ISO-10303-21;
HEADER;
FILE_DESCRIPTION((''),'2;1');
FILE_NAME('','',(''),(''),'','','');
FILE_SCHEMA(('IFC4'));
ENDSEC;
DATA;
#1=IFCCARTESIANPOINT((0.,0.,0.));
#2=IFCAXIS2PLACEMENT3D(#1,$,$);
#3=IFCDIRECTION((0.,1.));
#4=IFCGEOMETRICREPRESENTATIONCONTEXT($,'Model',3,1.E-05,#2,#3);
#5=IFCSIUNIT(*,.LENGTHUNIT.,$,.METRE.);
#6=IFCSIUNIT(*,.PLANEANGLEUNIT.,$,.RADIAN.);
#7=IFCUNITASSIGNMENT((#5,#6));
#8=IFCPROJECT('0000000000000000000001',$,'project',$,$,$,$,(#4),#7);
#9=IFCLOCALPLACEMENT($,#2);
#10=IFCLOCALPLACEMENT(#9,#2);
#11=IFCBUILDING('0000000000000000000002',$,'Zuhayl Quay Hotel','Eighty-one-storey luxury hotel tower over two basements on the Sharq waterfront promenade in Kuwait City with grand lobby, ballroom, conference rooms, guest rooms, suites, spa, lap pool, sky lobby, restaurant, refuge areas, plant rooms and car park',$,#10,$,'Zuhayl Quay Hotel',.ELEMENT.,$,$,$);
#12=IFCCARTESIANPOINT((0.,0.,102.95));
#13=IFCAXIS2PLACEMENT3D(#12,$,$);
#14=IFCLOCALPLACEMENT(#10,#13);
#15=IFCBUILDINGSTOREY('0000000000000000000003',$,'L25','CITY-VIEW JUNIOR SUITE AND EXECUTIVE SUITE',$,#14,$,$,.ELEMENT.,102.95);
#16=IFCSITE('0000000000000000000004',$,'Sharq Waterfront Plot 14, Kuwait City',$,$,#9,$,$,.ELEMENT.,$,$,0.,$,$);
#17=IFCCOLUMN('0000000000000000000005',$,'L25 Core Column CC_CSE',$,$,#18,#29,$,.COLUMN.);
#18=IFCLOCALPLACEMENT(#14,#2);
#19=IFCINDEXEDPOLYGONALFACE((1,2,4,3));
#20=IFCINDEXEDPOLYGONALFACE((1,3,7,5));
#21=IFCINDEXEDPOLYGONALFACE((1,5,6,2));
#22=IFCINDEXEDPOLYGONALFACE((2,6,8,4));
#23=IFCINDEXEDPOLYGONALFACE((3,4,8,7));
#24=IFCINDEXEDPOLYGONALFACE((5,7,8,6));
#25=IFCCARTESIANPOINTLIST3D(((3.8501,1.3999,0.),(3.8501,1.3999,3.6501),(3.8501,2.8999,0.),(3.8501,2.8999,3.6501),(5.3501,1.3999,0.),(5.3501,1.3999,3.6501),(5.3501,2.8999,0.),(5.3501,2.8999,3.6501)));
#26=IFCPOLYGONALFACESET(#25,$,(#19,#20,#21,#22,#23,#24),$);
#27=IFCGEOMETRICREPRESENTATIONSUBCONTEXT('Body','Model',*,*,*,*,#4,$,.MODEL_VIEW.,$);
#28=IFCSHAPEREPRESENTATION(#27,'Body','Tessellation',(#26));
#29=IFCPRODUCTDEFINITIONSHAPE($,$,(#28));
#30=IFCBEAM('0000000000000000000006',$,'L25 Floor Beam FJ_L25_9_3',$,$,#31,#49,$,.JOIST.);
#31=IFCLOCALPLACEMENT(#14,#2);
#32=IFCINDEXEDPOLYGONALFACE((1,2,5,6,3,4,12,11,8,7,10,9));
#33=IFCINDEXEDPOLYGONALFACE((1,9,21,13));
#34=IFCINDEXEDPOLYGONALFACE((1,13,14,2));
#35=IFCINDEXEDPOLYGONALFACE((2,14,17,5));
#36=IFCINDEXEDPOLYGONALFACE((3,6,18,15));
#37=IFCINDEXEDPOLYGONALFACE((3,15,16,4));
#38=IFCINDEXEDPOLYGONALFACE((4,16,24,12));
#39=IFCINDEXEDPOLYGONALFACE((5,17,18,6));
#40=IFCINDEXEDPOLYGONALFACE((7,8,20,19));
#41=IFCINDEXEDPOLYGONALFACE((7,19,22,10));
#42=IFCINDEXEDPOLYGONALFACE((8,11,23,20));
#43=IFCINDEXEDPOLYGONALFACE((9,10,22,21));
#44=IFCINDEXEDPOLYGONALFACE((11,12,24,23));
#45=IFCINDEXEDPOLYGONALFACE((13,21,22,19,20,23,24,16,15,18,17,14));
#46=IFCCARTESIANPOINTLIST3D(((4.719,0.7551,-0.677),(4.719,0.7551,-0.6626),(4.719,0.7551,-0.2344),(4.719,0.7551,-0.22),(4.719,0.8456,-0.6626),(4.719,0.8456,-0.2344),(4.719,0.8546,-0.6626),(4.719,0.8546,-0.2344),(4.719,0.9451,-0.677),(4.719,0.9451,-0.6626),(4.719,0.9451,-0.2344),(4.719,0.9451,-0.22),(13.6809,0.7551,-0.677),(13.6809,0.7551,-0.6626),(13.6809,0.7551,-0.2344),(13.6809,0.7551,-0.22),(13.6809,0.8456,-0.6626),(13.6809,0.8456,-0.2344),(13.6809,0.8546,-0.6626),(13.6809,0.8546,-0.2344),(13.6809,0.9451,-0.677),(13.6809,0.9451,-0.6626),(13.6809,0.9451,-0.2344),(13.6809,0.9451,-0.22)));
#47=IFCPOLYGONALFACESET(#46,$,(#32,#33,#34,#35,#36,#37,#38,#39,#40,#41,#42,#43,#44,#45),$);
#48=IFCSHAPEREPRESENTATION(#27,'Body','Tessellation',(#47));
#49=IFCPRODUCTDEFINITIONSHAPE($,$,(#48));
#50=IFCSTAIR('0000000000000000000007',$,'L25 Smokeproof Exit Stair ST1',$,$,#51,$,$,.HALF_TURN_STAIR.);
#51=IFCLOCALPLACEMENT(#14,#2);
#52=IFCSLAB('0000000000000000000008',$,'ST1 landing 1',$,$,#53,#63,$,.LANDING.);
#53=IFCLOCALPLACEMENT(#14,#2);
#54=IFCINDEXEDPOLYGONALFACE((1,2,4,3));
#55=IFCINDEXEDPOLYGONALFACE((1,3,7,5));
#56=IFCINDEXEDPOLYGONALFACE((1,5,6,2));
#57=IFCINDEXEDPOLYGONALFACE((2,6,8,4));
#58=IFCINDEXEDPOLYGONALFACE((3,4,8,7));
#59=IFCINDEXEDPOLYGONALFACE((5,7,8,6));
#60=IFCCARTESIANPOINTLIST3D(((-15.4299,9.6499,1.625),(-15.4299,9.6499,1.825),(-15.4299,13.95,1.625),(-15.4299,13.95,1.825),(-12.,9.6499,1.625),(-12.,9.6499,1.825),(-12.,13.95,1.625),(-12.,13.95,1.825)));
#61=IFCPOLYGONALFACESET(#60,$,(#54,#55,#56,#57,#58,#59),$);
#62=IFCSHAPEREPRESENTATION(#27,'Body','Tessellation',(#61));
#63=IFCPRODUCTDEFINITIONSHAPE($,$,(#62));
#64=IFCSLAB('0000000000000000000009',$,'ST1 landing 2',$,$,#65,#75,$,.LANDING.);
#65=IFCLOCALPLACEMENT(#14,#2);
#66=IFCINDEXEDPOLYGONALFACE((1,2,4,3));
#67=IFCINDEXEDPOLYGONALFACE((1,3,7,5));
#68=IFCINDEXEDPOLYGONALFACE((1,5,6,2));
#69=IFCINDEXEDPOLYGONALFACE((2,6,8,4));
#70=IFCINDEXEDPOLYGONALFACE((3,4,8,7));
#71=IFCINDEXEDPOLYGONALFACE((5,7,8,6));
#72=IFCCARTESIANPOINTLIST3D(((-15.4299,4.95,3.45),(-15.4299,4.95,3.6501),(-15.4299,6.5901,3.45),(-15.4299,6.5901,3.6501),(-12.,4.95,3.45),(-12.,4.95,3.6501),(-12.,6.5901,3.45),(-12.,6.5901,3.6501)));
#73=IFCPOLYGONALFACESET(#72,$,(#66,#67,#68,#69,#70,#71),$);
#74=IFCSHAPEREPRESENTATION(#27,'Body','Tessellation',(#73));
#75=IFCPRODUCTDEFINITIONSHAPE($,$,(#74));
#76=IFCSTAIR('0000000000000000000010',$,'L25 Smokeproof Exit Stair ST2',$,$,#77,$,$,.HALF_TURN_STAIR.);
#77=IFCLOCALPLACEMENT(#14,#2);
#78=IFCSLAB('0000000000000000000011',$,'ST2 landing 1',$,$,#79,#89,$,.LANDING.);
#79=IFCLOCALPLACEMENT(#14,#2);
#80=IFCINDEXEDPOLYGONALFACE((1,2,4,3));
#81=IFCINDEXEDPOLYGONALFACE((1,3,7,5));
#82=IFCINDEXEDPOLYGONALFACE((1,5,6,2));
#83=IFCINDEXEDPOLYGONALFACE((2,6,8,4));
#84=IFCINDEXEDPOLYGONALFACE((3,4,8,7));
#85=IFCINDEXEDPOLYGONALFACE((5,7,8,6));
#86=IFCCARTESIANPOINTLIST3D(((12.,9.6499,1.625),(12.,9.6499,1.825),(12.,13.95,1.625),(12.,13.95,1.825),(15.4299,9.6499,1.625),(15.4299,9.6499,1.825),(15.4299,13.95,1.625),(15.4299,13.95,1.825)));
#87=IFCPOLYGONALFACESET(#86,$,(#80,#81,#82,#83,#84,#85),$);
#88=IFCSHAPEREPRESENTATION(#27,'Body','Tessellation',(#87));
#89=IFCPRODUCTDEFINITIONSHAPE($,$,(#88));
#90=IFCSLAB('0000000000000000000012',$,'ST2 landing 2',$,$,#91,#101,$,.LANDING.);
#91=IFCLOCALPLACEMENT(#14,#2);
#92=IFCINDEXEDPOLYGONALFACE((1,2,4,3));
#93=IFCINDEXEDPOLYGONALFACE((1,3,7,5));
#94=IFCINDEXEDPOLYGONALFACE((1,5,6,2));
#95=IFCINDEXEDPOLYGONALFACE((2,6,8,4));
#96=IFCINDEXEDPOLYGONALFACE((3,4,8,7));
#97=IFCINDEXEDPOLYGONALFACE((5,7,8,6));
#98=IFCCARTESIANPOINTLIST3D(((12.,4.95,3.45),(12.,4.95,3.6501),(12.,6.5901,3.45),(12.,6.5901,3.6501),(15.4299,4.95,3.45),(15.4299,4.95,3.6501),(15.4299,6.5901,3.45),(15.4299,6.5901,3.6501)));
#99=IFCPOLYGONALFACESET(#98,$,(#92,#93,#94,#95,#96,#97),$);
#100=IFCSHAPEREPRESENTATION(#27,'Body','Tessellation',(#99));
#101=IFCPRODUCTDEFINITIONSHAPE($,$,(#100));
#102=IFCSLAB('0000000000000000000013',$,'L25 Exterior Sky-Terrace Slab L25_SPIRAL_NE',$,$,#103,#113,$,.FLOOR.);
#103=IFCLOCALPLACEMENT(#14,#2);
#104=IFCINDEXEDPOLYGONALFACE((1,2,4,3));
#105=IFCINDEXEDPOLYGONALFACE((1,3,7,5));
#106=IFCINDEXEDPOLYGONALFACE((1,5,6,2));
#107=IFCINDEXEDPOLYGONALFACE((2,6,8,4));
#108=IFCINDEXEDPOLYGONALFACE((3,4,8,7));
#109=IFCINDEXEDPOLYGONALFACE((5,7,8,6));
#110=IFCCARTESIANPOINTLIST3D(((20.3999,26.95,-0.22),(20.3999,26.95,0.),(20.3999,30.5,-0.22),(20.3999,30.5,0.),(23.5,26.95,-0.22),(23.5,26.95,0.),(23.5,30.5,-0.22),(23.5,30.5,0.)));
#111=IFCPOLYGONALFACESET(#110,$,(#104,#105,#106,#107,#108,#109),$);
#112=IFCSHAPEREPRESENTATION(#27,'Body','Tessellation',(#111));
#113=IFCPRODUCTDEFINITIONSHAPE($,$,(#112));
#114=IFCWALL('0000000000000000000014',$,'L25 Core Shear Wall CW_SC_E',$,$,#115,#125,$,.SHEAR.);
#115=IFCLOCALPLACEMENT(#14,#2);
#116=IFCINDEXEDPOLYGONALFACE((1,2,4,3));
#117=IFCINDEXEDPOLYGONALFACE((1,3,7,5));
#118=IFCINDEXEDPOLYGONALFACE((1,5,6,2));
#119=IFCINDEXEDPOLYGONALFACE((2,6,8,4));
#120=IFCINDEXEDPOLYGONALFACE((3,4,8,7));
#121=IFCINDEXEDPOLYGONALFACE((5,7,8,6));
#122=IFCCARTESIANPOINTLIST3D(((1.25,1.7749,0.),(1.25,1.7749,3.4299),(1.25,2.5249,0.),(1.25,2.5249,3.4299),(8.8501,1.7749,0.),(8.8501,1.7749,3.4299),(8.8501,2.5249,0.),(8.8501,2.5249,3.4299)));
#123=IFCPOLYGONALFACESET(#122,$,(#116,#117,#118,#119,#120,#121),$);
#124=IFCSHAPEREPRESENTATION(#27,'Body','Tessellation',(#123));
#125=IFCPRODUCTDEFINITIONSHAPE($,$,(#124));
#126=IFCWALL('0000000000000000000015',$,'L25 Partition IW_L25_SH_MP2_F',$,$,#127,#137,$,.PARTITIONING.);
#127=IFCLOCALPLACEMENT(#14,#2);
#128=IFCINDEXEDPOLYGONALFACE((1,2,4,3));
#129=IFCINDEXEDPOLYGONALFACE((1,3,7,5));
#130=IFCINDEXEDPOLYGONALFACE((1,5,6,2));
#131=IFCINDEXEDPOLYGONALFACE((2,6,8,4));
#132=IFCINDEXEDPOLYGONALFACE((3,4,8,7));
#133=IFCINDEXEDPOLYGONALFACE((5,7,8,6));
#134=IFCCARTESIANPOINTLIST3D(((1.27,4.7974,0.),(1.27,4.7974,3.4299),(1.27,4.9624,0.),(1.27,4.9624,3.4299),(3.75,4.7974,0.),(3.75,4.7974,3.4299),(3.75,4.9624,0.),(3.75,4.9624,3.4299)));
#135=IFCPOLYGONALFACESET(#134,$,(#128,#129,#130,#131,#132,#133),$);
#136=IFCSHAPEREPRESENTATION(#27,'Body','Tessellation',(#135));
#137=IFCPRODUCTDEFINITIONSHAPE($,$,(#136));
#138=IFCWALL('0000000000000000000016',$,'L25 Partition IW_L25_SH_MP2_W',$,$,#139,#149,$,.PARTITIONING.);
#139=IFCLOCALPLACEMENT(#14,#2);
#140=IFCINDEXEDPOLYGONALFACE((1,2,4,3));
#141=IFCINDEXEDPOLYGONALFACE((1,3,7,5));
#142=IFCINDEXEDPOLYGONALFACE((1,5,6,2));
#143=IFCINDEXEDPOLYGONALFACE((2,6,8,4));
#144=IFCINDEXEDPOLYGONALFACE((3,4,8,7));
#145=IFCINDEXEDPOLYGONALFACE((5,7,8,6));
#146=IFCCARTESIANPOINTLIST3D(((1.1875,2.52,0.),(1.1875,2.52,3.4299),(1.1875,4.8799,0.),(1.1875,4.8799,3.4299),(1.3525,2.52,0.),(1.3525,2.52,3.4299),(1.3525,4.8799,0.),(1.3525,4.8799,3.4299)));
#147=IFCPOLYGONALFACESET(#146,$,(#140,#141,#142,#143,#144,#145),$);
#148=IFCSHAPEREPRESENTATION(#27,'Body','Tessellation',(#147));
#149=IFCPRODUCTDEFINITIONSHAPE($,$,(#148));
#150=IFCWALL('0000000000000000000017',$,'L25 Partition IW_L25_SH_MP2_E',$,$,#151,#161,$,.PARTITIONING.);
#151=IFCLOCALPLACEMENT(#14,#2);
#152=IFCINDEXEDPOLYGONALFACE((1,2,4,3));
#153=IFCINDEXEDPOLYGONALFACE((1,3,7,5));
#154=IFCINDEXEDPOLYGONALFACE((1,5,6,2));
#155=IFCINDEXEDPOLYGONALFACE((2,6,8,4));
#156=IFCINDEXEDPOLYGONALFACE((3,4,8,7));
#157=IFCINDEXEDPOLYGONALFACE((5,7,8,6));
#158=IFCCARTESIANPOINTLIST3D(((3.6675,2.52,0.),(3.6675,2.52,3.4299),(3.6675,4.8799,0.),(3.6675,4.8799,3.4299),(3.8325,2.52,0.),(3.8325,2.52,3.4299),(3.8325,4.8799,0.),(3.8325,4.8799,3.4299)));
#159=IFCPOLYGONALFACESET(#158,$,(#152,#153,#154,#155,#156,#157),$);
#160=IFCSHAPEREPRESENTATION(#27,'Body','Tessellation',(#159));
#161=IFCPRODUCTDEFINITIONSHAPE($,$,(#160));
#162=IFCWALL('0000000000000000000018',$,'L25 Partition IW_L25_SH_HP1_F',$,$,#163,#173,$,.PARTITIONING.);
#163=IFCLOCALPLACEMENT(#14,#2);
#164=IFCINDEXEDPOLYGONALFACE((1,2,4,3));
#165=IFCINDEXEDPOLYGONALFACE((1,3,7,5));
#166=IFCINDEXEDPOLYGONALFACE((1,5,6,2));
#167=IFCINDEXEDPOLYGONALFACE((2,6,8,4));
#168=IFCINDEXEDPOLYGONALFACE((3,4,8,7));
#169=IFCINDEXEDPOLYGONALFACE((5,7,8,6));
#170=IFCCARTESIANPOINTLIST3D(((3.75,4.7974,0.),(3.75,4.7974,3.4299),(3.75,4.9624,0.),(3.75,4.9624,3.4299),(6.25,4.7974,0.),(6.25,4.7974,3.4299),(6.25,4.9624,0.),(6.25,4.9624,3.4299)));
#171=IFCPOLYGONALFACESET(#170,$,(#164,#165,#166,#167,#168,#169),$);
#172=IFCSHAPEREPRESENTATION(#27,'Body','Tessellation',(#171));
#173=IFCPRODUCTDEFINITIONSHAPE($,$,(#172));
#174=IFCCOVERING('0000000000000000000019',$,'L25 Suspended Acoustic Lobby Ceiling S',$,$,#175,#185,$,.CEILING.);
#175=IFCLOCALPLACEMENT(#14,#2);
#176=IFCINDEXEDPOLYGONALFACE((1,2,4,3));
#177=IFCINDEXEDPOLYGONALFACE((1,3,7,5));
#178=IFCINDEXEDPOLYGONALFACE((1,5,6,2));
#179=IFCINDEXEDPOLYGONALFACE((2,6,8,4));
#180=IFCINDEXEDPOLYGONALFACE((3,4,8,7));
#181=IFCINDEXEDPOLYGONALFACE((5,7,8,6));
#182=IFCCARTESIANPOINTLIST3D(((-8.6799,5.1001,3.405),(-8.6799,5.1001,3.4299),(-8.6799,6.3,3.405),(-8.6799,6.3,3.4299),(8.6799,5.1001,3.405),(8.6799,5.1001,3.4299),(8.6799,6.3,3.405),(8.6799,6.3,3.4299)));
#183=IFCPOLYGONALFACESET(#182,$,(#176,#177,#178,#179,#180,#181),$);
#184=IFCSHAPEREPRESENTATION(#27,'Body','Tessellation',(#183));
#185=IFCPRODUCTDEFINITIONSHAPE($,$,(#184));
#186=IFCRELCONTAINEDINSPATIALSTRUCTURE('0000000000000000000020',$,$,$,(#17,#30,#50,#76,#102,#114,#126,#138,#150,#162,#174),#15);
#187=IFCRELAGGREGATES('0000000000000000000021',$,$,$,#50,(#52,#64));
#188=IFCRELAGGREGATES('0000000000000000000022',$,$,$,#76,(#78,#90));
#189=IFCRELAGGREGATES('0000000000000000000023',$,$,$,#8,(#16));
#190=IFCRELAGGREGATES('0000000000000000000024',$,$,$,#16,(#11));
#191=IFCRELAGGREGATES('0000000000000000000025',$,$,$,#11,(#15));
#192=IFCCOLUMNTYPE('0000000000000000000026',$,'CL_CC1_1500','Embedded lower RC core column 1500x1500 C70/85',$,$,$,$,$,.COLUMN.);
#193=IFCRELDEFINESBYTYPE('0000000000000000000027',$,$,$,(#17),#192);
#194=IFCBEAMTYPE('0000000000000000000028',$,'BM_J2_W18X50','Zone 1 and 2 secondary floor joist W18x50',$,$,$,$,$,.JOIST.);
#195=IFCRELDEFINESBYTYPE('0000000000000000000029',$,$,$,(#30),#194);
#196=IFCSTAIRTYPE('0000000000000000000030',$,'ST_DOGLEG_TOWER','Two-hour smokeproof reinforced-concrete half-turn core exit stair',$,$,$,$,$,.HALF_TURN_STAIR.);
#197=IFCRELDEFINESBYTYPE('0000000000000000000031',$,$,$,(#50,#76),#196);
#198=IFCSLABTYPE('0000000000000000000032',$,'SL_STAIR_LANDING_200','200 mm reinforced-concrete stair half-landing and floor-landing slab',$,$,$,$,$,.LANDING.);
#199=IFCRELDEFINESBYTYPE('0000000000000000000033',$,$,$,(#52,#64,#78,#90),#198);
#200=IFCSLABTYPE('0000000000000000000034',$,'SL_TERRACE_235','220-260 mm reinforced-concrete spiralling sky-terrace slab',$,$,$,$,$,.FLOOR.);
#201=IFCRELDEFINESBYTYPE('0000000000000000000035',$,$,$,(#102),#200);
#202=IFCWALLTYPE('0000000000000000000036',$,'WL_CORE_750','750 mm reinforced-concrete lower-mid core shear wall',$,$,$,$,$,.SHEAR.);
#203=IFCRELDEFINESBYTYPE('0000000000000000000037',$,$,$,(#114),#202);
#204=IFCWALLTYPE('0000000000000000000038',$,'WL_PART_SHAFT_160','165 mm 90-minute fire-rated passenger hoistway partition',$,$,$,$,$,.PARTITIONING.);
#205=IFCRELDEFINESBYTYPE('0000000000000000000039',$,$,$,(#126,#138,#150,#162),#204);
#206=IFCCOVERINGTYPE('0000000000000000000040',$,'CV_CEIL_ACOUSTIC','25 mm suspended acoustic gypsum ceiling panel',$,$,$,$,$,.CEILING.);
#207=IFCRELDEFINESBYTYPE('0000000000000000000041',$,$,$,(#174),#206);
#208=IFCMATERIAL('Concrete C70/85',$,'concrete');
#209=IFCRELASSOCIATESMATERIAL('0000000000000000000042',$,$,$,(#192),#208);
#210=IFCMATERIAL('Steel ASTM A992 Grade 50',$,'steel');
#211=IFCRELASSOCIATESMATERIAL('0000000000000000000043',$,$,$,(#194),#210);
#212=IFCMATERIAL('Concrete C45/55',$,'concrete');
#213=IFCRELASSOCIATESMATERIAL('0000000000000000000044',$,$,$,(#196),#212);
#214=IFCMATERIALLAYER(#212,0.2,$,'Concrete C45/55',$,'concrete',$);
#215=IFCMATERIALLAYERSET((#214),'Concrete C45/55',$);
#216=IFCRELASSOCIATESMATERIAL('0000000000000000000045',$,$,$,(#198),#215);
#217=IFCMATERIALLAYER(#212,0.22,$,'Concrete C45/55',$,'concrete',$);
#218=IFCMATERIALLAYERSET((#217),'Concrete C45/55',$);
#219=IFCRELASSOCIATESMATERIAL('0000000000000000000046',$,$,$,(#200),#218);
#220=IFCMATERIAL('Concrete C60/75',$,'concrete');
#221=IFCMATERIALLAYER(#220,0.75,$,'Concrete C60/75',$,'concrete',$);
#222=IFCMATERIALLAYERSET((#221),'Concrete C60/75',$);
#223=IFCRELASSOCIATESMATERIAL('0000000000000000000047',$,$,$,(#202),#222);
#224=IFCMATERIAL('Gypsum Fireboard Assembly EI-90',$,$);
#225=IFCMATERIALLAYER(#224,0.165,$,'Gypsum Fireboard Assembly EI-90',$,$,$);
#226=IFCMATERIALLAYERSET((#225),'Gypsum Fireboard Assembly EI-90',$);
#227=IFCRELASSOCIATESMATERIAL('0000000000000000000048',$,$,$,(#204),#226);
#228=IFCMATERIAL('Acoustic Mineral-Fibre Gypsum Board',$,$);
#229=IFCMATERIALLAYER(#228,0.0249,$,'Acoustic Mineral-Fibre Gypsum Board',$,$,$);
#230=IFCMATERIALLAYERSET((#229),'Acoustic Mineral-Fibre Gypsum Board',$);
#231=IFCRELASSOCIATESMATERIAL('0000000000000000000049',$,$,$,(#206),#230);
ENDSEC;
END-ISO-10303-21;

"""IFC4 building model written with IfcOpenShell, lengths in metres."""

from ifc_helpers import new_model, si_unit, direction, frame, frame_2d, origin, origin_2d, place, context, subcontext, project, spatial, polyline, rectangle, i_section, outline, extrude, material, layer, layer_set, material_profile, profile_set, type_object, element, aggregate, save


model = new_model("IFC4")

# Units and contexts
model_context = context("Model", 3, precision=1e-05, world=origin(), true_north=direction((0.0, 1.0)))
body_context = subcontext(model_context, "Body", "Model", "MODEL_VIEW")
ifc_project = project(units=[si_unit("LENGTHUNIT", "METRE"), si_unit("PLANEANGLEUNIT", "RADIAN")], contexts=[model_context])

# Site, building, storey
site_placement = place(None, origin())
site = spatial("IfcSite", under=ifc_project, at=site_placement, Name="Sharq Waterfront Plot 14, Kuwait City", CompositionType="ELEMENT", RefElevation=0.0)
building_placement = place(site_placement, origin())
building = spatial("IfcBuilding", under=site, at=building_placement, Name="Zuhayl Quay Hotel", Description="Eighty-one-storey luxury hotel tower over two basements on the Sharq waterfront promenade in Kuwait City with grand lobby, ballroom, conference rooms, guest rooms, suites, spa, lap pool, sky lobby, restaurant, refuge areas, plant rooms and car park", LongName="Zuhayl Quay Hotel", CompositionType="ELEMENT")
storey_placement = place(building_placement, frame((0.0, 0.0, 102.95)))
storey = spatial("IfcBuildingStorey", under=building, at=storey_placement, Name="L25", Description="CITY-VIEW JUNIOR SUITE AND EXECUTIVE SUITE", CompositionType="ELEMENT", Elevation=102.95)

# Column
ifc_material_1 = material(Name="Concrete C70/85", Category="concrete")
ifc_material_profile_1 = material_profile(ifc_material_1, rectangle(XDim=1.5, YDim=1.5, at=origin_2d()), Name="RC1500X1500")
ifc_profile_set_1 = profile_set([ifc_material_profile_1], Name="Concrete C70/85")
column_type = type_object("IfcColumnType", Name="CL_CC1_1500", Description="Embedded lower RC core column 1500x1500 C70/85", PredefinedType="COLUMN", material=ifc_profile_set_1)
column_placement = place(storey_placement, frame((4.6001, 2.1499, 0.0), z_axis=(0.0, 0.0, 1.0), x_axis=(1.0, 0.0, 0.0)))
element("IfcColumn", 1, at=column_placement, inside=storey, type_object=column_type, Name="L25 Core Column CC_CSE", PredefinedType="COLUMN", context=body_context, shape_type="SweptSolid", body=[
    extrude(rectangle(XDim=1.5, YDim=1.5, at=origin_2d()), origin(), (0.0, 0.0, 1.0), 3.6501),
])

# Beam
ifc_material_2 = material(Name="Steel ASTM A992 Grade 50", Category="steel")
ifc_material_profile_2 = material_profile(ifc_material_2, i_section(OverallWidth=0.1899, OverallDepth=0.457, WebThickness=0.009, FlangeThickness=0.0144, at=origin_2d()), Name="W18X50")
ifc_profile_set_2 = profile_set([ifc_material_profile_2], Name="Steel ASTM A992 Grade 50")
beam_type = type_object("IfcBeamType", Name="BM_J2_W18X50", Description="Zone 1 and 2 secondary floor joist W18x50", PredefinedType="JOIST", material=ifc_profile_set_2)
beam_placement = place(storey_placement, frame((4.719, 0.8501, -0.4485), z_axis=(1.0, 0.0, 0.0), x_axis=(0.0, 1.0, 0.0)))
element("IfcBeam", 2, at=beam_placement, inside=storey, type_object=beam_type, Name="L25 Floor Beam FJ_L25_9_3", PredefinedType="JOIST", context=body_context, shape_type="SweptSolid", body=[
    extrude(i_section(OverallWidth=0.1899, OverallDepth=0.457, WebThickness=0.009, FlangeThickness=0.0144, at=origin_2d()), origin(), (0.0, 0.0, 1.0), 8.9619),
])

# Stairs, slabs
ifc_material_3 = material(Name="Concrete C45/55", Category="concrete")
stair_type = type_object("IfcStairType", Name="ST_DOGLEG_TOWER", Description="Two-hour smokeproof reinforced-concrete half-turn core exit stair", PredefinedType="HALF_TURN_STAIR", material=ifc_material_3)
stair_1_placement = place(storey_placement, origin())
stair_1 = element("IfcStair", 3, at=stair_1_placement, inside=storey, type_object=stair_type, Name="L25 Smokeproof Exit Stair ST1", PredefinedType="HALF_TURN_STAIR")
ifc_layer_1 = layer(ifc_material_3, 0.2, Name="Concrete C45/55", Category="concrete")
ifc_layer_set_1 = layer_set([ifc_layer_1], Name="Concrete C45/55")
slab_type_1 = type_object("IfcSlabType", Name="SL_STAIR_LANDING_200", Description="200 mm reinforced-concrete stair half-landing and floor-landing slab", PredefinedType="LANDING", material=ifc_layer_set_1)
slab_1_placement = place(storey_placement, frame((0.0, 0.0, 1.625)))
slab_1 = element("IfcSlab", 4, at=slab_1_placement, type_object=slab_type_1, Name="ST1 landing 1", PredefinedType="LANDING", context=body_context, shape_type="SweptSolid", body=[
    extrude(outline(polyline([(-12.0, 9.6499), (-12.0, 13.95), (-15.4299, 13.95), (-15.4299, 9.6499), (-12.0, 9.6499)])), origin(), (0.0, 0.0, 1.0), 0.2),
])
slab_2_placement = place(storey_placement, frame((0.0, 0.0, 3.45)))
slab_2 = element("IfcSlab", 5, at=slab_2_placement, type_object=slab_type_1, Name="ST1 landing 2", PredefinedType="LANDING", context=body_context, shape_type="SweptSolid", body=[
    extrude(outline(polyline([(-12.0, 4.95), (-12.0, 6.5901), (-15.4299, 6.5901), (-15.4299, 4.95), (-12.0, 4.95)])), origin(), (0.0, 0.0, 1.0), 0.2002),
])
aggregate(stair_1, [slab_1, slab_2])
stair_2_placement = place(storey_placement, origin())
stair_2 = element("IfcStair", 6, at=stair_2_placement, inside=storey, type_object=stair_type, Name="L25 Smokeproof Exit Stair ST2", PredefinedType="HALF_TURN_STAIR")
slab_3_placement = place(storey_placement, frame((0.0, 0.0, 1.625)))
slab_3 = element("IfcSlab", 7, at=slab_3_placement, type_object=slab_type_1, Name="ST2 landing 1", PredefinedType="LANDING", context=body_context, shape_type="SweptSolid", body=[
    extrude(outline(polyline([(15.4299, 9.6499), (15.4299, 13.95), (12.0, 13.95), (12.0, 9.6499), (15.4299, 9.6499)])), origin(), (0.0, 0.0, 1.0), 0.2),
])
slab_4_placement = place(storey_placement, frame((0.0, 0.0, 3.45)))
slab_4 = element("IfcSlab", 8, at=slab_4_placement, type_object=slab_type_1, Name="ST2 landing 2", PredefinedType="LANDING", context=body_context, shape_type="SweptSolid", body=[
    extrude(outline(polyline([(15.4299, 4.95), (15.4299, 6.5901), (12.0, 6.5901), (12.0, 4.95), (15.4299, 4.95)])), origin(), (0.0, 0.0, 1.0), 0.2002),
])
aggregate(stair_2, [slab_3, slab_4])

# Slab
ifc_layer_2 = layer(ifc_material_3, 0.22, Name="Concrete C45/55", Category="concrete")
ifc_layer_set_2 = layer_set([ifc_layer_2], Name="Concrete C45/55")
slab_type_2 = type_object("IfcSlabType", Name="SL_TERRACE_235", Description="220-260 mm reinforced-concrete spiralling sky-terrace slab", PredefinedType="FLOOR", material=ifc_layer_set_2)
slab_5_placement = place(storey_placement, frame((0.0, 0.0, -0.22)))
element("IfcSlab", 9, at=slab_5_placement, inside=storey, type_object=slab_type_2, Name="L25 Exterior Sky-Terrace Slab L25_SPIRAL_NE", PredefinedType="FLOOR", context=body_context, shape_type="SweptSolid", body=[
    extrude(outline(polyline([(20.3999, 26.95), (23.5, 26.95), (23.5, 30.5), (20.3999, 30.5), (20.3999, 26.95)])), origin(), (0.0, 0.0, 1.0), 0.22),
])

# Walls
ifc_material_4 = material(Name="Concrete C60/75", Category="concrete")
ifc_layer_3 = layer(ifc_material_4, 0.75, Name="Concrete C60/75", Category="concrete")
ifc_layer_set_3 = layer_set([ifc_layer_3], Name="Concrete C60/75")
wall_type_1 = type_object("IfcWallType", Name="WL_CORE_750", Description="750 mm reinforced-concrete lower-mid core shear wall", PredefinedType="SHEAR", material=ifc_layer_set_3)
wall_1_placement = place(storey_placement, frame((1.25, 2.1499, 0.0), z_axis=(0.0, 0.0, 1.0), x_axis=(1.0, 0.0, 0.0)))
element("IfcWall", 10, at=wall_1_placement, inside=storey, type_object=wall_type_1, Name="L25 Core Shear Wall CW_SC_E", PredefinedType="SHEAR", context=body_context, shape_type="SweptSolid", body=[
    extrude(rectangle(XDim=7.6001, YDim=0.75, at=frame_2d((3.8, 0.0))), origin(), (0.0, 0.0, 1.0), 3.4299),
])
ifc_material_5 = material(Name="Gypsum Fireboard Assembly EI-90")
ifc_layer_4 = layer(ifc_material_5, 0.165, Name="Gypsum Fireboard Assembly EI-90")
ifc_layer_set_4 = layer_set([ifc_layer_4], Name="Gypsum Fireboard Assembly EI-90")
wall_type_2 = type_object("IfcWallType", Name="WL_PART_SHAFT_160", Description="165 mm 90-minute fire-rated passenger hoistway partition", PredefinedType="PARTITIONING", material=ifc_layer_set_4)
wall_2_placement = place(storey_placement, frame((1.27, 4.8799, 0.0), z_axis=(0.0, 0.0, 1.0), x_axis=(1.0, 0.0, 0.0)))
element("IfcWall", 11, at=wall_2_placement, inside=storey, type_object=wall_type_2, Name="L25 Partition IW_L25_SH_MP2_F", PredefinedType="PARTITIONING", context=body_context, shape_type="SweptSolid", body=[
    extrude(rectangle(XDim=2.48, YDim=0.165, at=frame_2d((1.24, 0.0))), origin(), (0.0, 0.0, 1.0), 3.4299),
])
for number, where, z_axis, x_axis, name in (
    (12, (1.27, 2.52, 0.0), (0.0, 0.0, 1.0), (0.0, 1.0, 0.0), "L25 Partition IW_L25_SH_MP2_W"),
    (13, (3.75, 2.52, 0.0), (0.0, 0.0, 1.0), (0.0, 1.0, 0.0), "L25 Partition IW_L25_SH_MP2_E"),
):
    element("IfcWall", number, at=place(storey_placement, frame(where, z_axis=z_axis, x_axis=x_axis)), inside=storey, type_object=wall_type_2, Name=name, PredefinedType="PARTITIONING", context=body_context, shape_type="SweptSolid", body=[
        extrude(rectangle(XDim=2.3599, YDim=0.165, at=frame_2d((1.1799, 0.0))), origin(), (0.0, 0.0, 1.0), 3.4299),
    ])
wall_3_placement = place(storey_placement, frame((3.75, 4.8799, 0.0), z_axis=(0.0, 0.0, 1.0), x_axis=(1.0, 0.0, 0.0)))
element("IfcWall", 14, at=wall_3_placement, inside=storey, type_object=wall_type_2, Name="L25 Partition IW_L25_SH_HP1_F", PredefinedType="PARTITIONING", context=body_context, shape_type="SweptSolid", body=[
    extrude(rectangle(XDim=2.5, YDim=0.165, at=frame_2d((1.25, 0.0))), origin(), (0.0, 0.0, 1.0), 3.4299),
])

# Covering
ifc_material_6 = material(Name="Acoustic Mineral-Fibre Gypsum Board")
ifc_layer_5 = layer(ifc_material_6, 0.0249, Name="Acoustic Mineral-Fibre Gypsum Board")
ifc_layer_set_5 = layer_set([ifc_layer_5], Name="Acoustic Mineral-Fibre Gypsum Board")
covering_type_1 = type_object("IfcCoveringType", Name="CV_CEIL_ACOUSTIC", Description="25 mm suspended acoustic gypsum ceiling panel", PredefinedType="CEILING", material=ifc_layer_set_5)
covering_1_placement = place(storey_placement, frame((0.0, 0.0, 3.405)))
element("IfcCovering", 15, at=covering_1_placement, inside=storey, type_object=covering_type_1, Name="L25 Suspended Acoustic Lobby Ceiling S", PredefinedType="CEILING", context=body_context, shape_type="SweptSolid", body=[
    extrude(outline(polyline([(-8.6799, 5.1001), (8.6799, 5.1001), (8.6799, 6.3), (-8.6799, 6.3), (-8.6799, 5.1001)])), origin(), (0.0, 0.0, 1.0), 0.0249),
])

save(model, "model.ifc")
